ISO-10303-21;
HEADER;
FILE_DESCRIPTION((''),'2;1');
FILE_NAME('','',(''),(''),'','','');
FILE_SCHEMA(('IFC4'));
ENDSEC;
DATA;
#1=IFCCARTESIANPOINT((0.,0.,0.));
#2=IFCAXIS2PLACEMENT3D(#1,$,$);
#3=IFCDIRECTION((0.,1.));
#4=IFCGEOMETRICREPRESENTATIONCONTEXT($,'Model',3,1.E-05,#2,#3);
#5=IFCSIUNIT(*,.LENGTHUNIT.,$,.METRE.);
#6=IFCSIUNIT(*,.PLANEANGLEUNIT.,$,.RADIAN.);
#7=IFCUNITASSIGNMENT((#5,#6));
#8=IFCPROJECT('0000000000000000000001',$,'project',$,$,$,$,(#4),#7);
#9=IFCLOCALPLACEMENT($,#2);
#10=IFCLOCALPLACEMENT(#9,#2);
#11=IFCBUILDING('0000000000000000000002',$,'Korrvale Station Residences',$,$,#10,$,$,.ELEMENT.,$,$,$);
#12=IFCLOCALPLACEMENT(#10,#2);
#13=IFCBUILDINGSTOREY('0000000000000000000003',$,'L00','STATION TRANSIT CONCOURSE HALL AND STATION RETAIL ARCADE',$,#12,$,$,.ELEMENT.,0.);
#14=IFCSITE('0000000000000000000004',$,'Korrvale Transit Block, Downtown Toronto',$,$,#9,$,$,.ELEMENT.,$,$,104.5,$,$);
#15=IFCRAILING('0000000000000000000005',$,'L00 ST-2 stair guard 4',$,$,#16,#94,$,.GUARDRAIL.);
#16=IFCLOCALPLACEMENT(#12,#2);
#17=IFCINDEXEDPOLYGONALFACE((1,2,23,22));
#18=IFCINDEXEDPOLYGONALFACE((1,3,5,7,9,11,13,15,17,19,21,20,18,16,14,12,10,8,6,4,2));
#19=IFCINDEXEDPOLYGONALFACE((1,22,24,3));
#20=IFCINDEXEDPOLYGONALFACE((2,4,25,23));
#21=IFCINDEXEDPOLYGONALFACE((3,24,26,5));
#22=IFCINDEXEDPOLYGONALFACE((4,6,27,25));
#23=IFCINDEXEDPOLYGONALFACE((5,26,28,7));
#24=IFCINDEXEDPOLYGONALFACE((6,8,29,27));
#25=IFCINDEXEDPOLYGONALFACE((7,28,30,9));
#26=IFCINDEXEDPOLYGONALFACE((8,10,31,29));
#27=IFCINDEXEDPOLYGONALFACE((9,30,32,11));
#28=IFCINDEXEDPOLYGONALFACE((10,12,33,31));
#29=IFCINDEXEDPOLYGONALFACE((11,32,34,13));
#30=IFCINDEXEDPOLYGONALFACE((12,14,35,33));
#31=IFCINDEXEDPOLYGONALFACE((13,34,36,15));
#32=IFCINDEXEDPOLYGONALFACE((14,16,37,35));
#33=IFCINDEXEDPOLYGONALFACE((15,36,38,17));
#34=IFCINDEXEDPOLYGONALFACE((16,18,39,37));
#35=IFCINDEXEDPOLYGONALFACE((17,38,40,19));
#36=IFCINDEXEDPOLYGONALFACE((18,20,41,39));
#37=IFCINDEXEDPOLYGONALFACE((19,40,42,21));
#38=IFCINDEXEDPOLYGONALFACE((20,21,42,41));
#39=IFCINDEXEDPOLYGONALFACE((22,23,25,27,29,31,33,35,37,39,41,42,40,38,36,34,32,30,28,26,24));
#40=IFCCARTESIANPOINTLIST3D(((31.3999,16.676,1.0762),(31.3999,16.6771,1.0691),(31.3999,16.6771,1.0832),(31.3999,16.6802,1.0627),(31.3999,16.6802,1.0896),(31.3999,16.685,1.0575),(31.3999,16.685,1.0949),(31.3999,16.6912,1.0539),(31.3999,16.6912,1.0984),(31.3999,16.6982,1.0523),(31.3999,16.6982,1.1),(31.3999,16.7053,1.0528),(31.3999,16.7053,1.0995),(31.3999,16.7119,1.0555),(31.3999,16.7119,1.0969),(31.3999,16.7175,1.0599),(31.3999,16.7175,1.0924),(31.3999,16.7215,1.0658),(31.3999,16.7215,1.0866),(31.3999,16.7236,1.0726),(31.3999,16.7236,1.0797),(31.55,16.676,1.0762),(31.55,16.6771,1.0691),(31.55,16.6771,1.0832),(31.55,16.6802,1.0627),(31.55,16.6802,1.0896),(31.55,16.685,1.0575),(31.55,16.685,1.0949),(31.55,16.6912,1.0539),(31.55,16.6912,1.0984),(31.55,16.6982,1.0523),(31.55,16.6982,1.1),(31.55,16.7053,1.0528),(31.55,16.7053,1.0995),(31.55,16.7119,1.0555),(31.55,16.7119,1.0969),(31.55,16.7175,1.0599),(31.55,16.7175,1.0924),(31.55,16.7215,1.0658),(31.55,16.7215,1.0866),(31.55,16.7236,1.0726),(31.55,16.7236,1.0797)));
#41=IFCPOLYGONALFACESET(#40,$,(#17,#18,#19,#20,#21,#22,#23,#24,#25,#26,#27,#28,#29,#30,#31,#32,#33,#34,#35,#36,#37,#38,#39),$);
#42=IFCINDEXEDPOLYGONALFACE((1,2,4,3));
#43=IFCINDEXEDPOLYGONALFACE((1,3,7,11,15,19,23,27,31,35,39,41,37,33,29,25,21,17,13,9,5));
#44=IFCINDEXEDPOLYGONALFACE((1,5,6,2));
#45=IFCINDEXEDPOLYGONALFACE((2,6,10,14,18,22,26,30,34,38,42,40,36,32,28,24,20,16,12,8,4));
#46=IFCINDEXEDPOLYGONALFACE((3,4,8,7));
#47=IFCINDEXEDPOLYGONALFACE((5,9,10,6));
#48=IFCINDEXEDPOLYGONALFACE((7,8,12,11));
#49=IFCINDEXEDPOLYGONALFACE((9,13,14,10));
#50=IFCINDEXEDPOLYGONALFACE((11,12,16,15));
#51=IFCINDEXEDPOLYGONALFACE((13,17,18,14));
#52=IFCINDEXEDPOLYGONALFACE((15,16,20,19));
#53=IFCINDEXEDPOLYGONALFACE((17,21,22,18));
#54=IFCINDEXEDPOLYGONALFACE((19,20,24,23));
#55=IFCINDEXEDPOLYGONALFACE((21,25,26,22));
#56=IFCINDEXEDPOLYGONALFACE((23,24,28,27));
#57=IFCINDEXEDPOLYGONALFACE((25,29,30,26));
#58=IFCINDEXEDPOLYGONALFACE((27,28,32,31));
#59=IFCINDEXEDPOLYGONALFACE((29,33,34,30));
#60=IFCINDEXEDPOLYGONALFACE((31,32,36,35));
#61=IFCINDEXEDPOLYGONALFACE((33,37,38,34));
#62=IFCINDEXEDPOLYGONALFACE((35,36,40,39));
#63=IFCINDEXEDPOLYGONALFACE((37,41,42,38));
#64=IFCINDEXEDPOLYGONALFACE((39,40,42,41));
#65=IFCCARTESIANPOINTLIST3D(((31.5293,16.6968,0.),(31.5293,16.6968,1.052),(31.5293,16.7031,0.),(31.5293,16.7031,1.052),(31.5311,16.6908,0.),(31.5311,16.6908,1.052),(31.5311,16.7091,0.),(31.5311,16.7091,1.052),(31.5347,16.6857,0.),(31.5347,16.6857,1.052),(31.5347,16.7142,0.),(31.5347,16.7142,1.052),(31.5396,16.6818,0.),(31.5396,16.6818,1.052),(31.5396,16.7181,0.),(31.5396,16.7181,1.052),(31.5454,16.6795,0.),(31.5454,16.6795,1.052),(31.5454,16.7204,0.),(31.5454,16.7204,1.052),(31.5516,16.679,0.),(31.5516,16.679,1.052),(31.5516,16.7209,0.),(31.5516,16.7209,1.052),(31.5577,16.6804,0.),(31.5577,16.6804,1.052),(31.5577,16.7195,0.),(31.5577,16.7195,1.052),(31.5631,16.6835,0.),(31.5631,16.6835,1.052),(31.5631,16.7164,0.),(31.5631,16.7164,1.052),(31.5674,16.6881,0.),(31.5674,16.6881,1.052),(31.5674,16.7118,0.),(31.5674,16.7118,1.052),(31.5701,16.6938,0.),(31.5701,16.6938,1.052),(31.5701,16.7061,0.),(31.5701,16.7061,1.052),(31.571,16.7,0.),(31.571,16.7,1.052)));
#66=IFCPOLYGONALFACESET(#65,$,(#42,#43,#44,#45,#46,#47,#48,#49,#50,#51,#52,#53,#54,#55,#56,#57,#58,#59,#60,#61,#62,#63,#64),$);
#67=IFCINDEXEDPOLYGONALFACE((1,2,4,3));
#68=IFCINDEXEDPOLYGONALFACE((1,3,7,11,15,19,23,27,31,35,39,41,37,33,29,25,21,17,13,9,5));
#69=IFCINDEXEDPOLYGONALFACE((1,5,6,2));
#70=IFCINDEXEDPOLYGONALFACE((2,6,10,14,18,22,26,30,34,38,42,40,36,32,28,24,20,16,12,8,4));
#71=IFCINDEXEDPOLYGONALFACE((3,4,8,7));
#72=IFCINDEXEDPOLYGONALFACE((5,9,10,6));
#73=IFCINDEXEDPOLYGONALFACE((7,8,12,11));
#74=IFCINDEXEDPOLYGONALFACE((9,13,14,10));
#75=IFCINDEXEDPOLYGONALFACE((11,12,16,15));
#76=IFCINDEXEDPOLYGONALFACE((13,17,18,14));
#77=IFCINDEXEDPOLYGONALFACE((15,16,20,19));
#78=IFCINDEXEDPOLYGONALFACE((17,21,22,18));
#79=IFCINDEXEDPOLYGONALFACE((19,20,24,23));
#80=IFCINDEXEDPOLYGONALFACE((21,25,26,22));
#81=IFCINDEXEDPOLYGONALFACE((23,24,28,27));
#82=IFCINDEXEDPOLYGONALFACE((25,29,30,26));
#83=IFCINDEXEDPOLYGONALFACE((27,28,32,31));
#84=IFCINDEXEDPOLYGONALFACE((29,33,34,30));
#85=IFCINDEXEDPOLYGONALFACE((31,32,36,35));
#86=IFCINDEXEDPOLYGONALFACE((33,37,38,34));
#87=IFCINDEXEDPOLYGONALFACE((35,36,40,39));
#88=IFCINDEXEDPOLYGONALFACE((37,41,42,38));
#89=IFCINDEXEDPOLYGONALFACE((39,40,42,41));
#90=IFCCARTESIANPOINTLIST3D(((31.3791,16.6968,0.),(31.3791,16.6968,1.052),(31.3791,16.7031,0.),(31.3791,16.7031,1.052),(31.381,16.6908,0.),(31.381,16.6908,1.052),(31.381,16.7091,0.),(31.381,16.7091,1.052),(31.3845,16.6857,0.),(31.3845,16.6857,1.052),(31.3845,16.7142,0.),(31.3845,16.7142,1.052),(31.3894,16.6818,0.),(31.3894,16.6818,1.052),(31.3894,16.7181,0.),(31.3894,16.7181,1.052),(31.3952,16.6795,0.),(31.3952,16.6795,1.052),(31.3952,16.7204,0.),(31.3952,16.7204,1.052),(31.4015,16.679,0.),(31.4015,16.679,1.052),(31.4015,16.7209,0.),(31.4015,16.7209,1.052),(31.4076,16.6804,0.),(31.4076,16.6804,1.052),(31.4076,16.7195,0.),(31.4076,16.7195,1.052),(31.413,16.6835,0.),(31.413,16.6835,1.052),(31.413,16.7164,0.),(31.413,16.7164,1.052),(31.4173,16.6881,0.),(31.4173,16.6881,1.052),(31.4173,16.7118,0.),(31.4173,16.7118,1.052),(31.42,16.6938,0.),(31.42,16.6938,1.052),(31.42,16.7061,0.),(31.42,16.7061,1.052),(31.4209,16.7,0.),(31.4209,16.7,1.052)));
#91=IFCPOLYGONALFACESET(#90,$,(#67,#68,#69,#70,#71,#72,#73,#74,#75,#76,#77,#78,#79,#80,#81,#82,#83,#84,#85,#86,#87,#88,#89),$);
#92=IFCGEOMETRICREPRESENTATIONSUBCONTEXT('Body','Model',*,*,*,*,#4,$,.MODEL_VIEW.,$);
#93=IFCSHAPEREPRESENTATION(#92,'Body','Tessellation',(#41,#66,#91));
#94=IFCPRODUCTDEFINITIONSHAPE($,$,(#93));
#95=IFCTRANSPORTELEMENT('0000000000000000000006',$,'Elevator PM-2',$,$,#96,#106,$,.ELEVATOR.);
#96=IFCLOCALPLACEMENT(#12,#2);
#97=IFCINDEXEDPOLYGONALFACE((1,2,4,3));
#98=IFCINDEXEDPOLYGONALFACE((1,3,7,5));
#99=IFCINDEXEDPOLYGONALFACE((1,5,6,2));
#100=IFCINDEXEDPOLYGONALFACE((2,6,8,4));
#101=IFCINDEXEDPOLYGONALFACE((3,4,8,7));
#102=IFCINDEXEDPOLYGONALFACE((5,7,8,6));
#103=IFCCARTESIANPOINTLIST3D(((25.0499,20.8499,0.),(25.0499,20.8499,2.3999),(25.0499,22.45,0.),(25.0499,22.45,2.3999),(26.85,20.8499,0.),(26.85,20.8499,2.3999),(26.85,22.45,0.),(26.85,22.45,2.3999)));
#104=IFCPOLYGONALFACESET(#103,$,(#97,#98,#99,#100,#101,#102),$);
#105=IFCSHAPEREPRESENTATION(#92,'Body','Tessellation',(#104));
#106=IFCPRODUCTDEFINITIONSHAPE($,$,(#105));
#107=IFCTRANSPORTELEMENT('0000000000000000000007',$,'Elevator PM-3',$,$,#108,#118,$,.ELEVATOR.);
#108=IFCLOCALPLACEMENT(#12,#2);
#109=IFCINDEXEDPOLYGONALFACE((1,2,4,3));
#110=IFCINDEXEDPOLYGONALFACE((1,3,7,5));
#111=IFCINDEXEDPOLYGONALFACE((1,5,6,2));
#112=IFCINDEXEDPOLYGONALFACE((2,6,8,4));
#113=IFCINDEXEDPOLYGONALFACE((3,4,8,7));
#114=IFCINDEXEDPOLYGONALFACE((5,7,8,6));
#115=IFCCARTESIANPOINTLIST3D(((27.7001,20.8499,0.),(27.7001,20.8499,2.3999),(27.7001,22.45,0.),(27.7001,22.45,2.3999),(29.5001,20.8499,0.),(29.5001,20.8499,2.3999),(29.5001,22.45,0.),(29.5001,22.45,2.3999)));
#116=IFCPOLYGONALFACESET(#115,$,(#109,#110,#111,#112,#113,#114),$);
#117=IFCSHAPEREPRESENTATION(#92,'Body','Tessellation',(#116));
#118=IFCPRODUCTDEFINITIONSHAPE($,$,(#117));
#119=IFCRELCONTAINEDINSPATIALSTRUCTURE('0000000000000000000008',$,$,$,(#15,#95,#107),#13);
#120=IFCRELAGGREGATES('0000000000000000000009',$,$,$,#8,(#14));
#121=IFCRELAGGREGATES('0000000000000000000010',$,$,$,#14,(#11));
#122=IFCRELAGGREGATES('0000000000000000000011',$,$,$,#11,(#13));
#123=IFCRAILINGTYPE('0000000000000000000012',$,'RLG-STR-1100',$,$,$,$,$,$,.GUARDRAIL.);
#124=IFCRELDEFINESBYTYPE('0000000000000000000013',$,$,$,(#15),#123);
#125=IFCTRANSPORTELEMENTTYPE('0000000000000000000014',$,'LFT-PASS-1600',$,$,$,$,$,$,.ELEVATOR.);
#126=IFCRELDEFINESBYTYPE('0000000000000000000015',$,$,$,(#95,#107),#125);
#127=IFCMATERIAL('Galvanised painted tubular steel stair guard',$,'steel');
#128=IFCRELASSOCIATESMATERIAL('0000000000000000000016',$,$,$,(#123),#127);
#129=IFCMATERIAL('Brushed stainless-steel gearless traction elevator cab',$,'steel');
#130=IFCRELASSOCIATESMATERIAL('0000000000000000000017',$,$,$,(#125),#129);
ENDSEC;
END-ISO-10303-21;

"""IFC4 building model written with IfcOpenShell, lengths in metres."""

from ifc_helpers import new_model, si_unit, direction, frame, origin, origin_2d, place, context, subcontext, project, spatial, rectangle, circle, extrude, material, type_object, element, save


model = new_model("IFC4")

# Units and contexts
model_context = context("Model", 3, precision=1e-05, world=origin(), true_north=direction((0.0, 1.0)))
body_context = subcontext(model_context, "Body", "Model", "MODEL_VIEW")
ifc_project = project(units=[si_unit("LENGTHUNIT", "METRE"), si_unit("PLANEANGLEUNIT", "RADIAN")], contexts=[model_context])

# Site, building, storey
site_placement = place(None, origin())
site = spatial("IfcSite", under=ifc_project, at=site_placement, Name="Korrvale Transit Block, Downtown Toronto", CompositionType="ELEMENT", RefElevation=104.5)
building_placement = place(site_placement, origin())
building = spatial("IfcBuilding", under=site, at=building_placement, Name="Korrvale Station Residences", CompositionType="ELEMENT")
storey_placement = place(building_placement, origin())
storey = spatial("IfcBuildingStorey", under=building, at=storey_placement, Name="L00", Description="STATION TRANSIT CONCOURSE HALL AND STATION RETAIL ARCADE", CompositionType="ELEMENT", Elevation=0.0)

# Railing
ifc_material_1 = material(Name="Galvanised painted tubular steel stair guard", Category="steel")
railing_type_1 = type_object("IfcRailingType", Name="RLG-STR-1100", PredefinedType="GUARDRAIL", material=ifc_material_1)
railing_1_placement = place(storey_placement, frame((31.55, 16.7, 0.0)))
element("IfcRailing", 1, at=railing_1_placement, inside=storey, type_object=railing_type_1, Name="L00 ST-2 stair guard 4", PredefinedType="GUARDRAIL", context=body_context, shape_type="SweptSolid", body=[
    extrude(circle(Radius=0.0239, at=origin_2d()), frame((0.0, 0.0, 1.0762), z_axis=(-1.0, 0.0, 0.0), x_axis=(0.0, -1.0, 0.0)), (0.0, 0.0, 1.0), 0.1501),
    extrude(circle(Radius=0.021, at=origin_2d()), origin(), (0.0, 0.0, 1.0), 1.052),
    extrude(circle(Radius=0.021, at=origin_2d()), frame((-0.1501, 0.0, 0.0)), (0.0, 0.0, 1.0), 1.052),
])

# Transport elements
ifc_material_2 = material(Name="Brushed stainless-steel gearless traction elevator cab", Category="steel")
transport_element_type = type_object("IfcTransportElementType", Name="LFT-PASS-1600", PredefinedType="ELEVATOR", material=ifc_material_2)
for number, where, z_axis, x_axis, name in (
    (2, (25.95, 21.6499, 0.0), (0.0, 0.0, 1.0), (1.0, 0.0, 0.0), "Elevator PM-2"),
    (3, (28.6001, 21.6499, 0.0), (0.0, 0.0, 1.0), (1.0, 0.0, 0.0), "Elevator PM-3"),
):
    element("IfcTransportElement", number, at=place(storey_placement, frame(where, z_axis=z_axis, x_axis=x_axis)), inside=storey, type_object=transport_element_type, Name=name, PredefinedType="ELEVATOR", context=body_context, shape_type="SweptSolid", body=[
        extrude(rectangle(XDim=1.8, YDim=1.6001, at=origin_2d()), origin(), (0.0, 0.0, 1.0), 2.3999),
    ])

save(model, "model.ifc")
